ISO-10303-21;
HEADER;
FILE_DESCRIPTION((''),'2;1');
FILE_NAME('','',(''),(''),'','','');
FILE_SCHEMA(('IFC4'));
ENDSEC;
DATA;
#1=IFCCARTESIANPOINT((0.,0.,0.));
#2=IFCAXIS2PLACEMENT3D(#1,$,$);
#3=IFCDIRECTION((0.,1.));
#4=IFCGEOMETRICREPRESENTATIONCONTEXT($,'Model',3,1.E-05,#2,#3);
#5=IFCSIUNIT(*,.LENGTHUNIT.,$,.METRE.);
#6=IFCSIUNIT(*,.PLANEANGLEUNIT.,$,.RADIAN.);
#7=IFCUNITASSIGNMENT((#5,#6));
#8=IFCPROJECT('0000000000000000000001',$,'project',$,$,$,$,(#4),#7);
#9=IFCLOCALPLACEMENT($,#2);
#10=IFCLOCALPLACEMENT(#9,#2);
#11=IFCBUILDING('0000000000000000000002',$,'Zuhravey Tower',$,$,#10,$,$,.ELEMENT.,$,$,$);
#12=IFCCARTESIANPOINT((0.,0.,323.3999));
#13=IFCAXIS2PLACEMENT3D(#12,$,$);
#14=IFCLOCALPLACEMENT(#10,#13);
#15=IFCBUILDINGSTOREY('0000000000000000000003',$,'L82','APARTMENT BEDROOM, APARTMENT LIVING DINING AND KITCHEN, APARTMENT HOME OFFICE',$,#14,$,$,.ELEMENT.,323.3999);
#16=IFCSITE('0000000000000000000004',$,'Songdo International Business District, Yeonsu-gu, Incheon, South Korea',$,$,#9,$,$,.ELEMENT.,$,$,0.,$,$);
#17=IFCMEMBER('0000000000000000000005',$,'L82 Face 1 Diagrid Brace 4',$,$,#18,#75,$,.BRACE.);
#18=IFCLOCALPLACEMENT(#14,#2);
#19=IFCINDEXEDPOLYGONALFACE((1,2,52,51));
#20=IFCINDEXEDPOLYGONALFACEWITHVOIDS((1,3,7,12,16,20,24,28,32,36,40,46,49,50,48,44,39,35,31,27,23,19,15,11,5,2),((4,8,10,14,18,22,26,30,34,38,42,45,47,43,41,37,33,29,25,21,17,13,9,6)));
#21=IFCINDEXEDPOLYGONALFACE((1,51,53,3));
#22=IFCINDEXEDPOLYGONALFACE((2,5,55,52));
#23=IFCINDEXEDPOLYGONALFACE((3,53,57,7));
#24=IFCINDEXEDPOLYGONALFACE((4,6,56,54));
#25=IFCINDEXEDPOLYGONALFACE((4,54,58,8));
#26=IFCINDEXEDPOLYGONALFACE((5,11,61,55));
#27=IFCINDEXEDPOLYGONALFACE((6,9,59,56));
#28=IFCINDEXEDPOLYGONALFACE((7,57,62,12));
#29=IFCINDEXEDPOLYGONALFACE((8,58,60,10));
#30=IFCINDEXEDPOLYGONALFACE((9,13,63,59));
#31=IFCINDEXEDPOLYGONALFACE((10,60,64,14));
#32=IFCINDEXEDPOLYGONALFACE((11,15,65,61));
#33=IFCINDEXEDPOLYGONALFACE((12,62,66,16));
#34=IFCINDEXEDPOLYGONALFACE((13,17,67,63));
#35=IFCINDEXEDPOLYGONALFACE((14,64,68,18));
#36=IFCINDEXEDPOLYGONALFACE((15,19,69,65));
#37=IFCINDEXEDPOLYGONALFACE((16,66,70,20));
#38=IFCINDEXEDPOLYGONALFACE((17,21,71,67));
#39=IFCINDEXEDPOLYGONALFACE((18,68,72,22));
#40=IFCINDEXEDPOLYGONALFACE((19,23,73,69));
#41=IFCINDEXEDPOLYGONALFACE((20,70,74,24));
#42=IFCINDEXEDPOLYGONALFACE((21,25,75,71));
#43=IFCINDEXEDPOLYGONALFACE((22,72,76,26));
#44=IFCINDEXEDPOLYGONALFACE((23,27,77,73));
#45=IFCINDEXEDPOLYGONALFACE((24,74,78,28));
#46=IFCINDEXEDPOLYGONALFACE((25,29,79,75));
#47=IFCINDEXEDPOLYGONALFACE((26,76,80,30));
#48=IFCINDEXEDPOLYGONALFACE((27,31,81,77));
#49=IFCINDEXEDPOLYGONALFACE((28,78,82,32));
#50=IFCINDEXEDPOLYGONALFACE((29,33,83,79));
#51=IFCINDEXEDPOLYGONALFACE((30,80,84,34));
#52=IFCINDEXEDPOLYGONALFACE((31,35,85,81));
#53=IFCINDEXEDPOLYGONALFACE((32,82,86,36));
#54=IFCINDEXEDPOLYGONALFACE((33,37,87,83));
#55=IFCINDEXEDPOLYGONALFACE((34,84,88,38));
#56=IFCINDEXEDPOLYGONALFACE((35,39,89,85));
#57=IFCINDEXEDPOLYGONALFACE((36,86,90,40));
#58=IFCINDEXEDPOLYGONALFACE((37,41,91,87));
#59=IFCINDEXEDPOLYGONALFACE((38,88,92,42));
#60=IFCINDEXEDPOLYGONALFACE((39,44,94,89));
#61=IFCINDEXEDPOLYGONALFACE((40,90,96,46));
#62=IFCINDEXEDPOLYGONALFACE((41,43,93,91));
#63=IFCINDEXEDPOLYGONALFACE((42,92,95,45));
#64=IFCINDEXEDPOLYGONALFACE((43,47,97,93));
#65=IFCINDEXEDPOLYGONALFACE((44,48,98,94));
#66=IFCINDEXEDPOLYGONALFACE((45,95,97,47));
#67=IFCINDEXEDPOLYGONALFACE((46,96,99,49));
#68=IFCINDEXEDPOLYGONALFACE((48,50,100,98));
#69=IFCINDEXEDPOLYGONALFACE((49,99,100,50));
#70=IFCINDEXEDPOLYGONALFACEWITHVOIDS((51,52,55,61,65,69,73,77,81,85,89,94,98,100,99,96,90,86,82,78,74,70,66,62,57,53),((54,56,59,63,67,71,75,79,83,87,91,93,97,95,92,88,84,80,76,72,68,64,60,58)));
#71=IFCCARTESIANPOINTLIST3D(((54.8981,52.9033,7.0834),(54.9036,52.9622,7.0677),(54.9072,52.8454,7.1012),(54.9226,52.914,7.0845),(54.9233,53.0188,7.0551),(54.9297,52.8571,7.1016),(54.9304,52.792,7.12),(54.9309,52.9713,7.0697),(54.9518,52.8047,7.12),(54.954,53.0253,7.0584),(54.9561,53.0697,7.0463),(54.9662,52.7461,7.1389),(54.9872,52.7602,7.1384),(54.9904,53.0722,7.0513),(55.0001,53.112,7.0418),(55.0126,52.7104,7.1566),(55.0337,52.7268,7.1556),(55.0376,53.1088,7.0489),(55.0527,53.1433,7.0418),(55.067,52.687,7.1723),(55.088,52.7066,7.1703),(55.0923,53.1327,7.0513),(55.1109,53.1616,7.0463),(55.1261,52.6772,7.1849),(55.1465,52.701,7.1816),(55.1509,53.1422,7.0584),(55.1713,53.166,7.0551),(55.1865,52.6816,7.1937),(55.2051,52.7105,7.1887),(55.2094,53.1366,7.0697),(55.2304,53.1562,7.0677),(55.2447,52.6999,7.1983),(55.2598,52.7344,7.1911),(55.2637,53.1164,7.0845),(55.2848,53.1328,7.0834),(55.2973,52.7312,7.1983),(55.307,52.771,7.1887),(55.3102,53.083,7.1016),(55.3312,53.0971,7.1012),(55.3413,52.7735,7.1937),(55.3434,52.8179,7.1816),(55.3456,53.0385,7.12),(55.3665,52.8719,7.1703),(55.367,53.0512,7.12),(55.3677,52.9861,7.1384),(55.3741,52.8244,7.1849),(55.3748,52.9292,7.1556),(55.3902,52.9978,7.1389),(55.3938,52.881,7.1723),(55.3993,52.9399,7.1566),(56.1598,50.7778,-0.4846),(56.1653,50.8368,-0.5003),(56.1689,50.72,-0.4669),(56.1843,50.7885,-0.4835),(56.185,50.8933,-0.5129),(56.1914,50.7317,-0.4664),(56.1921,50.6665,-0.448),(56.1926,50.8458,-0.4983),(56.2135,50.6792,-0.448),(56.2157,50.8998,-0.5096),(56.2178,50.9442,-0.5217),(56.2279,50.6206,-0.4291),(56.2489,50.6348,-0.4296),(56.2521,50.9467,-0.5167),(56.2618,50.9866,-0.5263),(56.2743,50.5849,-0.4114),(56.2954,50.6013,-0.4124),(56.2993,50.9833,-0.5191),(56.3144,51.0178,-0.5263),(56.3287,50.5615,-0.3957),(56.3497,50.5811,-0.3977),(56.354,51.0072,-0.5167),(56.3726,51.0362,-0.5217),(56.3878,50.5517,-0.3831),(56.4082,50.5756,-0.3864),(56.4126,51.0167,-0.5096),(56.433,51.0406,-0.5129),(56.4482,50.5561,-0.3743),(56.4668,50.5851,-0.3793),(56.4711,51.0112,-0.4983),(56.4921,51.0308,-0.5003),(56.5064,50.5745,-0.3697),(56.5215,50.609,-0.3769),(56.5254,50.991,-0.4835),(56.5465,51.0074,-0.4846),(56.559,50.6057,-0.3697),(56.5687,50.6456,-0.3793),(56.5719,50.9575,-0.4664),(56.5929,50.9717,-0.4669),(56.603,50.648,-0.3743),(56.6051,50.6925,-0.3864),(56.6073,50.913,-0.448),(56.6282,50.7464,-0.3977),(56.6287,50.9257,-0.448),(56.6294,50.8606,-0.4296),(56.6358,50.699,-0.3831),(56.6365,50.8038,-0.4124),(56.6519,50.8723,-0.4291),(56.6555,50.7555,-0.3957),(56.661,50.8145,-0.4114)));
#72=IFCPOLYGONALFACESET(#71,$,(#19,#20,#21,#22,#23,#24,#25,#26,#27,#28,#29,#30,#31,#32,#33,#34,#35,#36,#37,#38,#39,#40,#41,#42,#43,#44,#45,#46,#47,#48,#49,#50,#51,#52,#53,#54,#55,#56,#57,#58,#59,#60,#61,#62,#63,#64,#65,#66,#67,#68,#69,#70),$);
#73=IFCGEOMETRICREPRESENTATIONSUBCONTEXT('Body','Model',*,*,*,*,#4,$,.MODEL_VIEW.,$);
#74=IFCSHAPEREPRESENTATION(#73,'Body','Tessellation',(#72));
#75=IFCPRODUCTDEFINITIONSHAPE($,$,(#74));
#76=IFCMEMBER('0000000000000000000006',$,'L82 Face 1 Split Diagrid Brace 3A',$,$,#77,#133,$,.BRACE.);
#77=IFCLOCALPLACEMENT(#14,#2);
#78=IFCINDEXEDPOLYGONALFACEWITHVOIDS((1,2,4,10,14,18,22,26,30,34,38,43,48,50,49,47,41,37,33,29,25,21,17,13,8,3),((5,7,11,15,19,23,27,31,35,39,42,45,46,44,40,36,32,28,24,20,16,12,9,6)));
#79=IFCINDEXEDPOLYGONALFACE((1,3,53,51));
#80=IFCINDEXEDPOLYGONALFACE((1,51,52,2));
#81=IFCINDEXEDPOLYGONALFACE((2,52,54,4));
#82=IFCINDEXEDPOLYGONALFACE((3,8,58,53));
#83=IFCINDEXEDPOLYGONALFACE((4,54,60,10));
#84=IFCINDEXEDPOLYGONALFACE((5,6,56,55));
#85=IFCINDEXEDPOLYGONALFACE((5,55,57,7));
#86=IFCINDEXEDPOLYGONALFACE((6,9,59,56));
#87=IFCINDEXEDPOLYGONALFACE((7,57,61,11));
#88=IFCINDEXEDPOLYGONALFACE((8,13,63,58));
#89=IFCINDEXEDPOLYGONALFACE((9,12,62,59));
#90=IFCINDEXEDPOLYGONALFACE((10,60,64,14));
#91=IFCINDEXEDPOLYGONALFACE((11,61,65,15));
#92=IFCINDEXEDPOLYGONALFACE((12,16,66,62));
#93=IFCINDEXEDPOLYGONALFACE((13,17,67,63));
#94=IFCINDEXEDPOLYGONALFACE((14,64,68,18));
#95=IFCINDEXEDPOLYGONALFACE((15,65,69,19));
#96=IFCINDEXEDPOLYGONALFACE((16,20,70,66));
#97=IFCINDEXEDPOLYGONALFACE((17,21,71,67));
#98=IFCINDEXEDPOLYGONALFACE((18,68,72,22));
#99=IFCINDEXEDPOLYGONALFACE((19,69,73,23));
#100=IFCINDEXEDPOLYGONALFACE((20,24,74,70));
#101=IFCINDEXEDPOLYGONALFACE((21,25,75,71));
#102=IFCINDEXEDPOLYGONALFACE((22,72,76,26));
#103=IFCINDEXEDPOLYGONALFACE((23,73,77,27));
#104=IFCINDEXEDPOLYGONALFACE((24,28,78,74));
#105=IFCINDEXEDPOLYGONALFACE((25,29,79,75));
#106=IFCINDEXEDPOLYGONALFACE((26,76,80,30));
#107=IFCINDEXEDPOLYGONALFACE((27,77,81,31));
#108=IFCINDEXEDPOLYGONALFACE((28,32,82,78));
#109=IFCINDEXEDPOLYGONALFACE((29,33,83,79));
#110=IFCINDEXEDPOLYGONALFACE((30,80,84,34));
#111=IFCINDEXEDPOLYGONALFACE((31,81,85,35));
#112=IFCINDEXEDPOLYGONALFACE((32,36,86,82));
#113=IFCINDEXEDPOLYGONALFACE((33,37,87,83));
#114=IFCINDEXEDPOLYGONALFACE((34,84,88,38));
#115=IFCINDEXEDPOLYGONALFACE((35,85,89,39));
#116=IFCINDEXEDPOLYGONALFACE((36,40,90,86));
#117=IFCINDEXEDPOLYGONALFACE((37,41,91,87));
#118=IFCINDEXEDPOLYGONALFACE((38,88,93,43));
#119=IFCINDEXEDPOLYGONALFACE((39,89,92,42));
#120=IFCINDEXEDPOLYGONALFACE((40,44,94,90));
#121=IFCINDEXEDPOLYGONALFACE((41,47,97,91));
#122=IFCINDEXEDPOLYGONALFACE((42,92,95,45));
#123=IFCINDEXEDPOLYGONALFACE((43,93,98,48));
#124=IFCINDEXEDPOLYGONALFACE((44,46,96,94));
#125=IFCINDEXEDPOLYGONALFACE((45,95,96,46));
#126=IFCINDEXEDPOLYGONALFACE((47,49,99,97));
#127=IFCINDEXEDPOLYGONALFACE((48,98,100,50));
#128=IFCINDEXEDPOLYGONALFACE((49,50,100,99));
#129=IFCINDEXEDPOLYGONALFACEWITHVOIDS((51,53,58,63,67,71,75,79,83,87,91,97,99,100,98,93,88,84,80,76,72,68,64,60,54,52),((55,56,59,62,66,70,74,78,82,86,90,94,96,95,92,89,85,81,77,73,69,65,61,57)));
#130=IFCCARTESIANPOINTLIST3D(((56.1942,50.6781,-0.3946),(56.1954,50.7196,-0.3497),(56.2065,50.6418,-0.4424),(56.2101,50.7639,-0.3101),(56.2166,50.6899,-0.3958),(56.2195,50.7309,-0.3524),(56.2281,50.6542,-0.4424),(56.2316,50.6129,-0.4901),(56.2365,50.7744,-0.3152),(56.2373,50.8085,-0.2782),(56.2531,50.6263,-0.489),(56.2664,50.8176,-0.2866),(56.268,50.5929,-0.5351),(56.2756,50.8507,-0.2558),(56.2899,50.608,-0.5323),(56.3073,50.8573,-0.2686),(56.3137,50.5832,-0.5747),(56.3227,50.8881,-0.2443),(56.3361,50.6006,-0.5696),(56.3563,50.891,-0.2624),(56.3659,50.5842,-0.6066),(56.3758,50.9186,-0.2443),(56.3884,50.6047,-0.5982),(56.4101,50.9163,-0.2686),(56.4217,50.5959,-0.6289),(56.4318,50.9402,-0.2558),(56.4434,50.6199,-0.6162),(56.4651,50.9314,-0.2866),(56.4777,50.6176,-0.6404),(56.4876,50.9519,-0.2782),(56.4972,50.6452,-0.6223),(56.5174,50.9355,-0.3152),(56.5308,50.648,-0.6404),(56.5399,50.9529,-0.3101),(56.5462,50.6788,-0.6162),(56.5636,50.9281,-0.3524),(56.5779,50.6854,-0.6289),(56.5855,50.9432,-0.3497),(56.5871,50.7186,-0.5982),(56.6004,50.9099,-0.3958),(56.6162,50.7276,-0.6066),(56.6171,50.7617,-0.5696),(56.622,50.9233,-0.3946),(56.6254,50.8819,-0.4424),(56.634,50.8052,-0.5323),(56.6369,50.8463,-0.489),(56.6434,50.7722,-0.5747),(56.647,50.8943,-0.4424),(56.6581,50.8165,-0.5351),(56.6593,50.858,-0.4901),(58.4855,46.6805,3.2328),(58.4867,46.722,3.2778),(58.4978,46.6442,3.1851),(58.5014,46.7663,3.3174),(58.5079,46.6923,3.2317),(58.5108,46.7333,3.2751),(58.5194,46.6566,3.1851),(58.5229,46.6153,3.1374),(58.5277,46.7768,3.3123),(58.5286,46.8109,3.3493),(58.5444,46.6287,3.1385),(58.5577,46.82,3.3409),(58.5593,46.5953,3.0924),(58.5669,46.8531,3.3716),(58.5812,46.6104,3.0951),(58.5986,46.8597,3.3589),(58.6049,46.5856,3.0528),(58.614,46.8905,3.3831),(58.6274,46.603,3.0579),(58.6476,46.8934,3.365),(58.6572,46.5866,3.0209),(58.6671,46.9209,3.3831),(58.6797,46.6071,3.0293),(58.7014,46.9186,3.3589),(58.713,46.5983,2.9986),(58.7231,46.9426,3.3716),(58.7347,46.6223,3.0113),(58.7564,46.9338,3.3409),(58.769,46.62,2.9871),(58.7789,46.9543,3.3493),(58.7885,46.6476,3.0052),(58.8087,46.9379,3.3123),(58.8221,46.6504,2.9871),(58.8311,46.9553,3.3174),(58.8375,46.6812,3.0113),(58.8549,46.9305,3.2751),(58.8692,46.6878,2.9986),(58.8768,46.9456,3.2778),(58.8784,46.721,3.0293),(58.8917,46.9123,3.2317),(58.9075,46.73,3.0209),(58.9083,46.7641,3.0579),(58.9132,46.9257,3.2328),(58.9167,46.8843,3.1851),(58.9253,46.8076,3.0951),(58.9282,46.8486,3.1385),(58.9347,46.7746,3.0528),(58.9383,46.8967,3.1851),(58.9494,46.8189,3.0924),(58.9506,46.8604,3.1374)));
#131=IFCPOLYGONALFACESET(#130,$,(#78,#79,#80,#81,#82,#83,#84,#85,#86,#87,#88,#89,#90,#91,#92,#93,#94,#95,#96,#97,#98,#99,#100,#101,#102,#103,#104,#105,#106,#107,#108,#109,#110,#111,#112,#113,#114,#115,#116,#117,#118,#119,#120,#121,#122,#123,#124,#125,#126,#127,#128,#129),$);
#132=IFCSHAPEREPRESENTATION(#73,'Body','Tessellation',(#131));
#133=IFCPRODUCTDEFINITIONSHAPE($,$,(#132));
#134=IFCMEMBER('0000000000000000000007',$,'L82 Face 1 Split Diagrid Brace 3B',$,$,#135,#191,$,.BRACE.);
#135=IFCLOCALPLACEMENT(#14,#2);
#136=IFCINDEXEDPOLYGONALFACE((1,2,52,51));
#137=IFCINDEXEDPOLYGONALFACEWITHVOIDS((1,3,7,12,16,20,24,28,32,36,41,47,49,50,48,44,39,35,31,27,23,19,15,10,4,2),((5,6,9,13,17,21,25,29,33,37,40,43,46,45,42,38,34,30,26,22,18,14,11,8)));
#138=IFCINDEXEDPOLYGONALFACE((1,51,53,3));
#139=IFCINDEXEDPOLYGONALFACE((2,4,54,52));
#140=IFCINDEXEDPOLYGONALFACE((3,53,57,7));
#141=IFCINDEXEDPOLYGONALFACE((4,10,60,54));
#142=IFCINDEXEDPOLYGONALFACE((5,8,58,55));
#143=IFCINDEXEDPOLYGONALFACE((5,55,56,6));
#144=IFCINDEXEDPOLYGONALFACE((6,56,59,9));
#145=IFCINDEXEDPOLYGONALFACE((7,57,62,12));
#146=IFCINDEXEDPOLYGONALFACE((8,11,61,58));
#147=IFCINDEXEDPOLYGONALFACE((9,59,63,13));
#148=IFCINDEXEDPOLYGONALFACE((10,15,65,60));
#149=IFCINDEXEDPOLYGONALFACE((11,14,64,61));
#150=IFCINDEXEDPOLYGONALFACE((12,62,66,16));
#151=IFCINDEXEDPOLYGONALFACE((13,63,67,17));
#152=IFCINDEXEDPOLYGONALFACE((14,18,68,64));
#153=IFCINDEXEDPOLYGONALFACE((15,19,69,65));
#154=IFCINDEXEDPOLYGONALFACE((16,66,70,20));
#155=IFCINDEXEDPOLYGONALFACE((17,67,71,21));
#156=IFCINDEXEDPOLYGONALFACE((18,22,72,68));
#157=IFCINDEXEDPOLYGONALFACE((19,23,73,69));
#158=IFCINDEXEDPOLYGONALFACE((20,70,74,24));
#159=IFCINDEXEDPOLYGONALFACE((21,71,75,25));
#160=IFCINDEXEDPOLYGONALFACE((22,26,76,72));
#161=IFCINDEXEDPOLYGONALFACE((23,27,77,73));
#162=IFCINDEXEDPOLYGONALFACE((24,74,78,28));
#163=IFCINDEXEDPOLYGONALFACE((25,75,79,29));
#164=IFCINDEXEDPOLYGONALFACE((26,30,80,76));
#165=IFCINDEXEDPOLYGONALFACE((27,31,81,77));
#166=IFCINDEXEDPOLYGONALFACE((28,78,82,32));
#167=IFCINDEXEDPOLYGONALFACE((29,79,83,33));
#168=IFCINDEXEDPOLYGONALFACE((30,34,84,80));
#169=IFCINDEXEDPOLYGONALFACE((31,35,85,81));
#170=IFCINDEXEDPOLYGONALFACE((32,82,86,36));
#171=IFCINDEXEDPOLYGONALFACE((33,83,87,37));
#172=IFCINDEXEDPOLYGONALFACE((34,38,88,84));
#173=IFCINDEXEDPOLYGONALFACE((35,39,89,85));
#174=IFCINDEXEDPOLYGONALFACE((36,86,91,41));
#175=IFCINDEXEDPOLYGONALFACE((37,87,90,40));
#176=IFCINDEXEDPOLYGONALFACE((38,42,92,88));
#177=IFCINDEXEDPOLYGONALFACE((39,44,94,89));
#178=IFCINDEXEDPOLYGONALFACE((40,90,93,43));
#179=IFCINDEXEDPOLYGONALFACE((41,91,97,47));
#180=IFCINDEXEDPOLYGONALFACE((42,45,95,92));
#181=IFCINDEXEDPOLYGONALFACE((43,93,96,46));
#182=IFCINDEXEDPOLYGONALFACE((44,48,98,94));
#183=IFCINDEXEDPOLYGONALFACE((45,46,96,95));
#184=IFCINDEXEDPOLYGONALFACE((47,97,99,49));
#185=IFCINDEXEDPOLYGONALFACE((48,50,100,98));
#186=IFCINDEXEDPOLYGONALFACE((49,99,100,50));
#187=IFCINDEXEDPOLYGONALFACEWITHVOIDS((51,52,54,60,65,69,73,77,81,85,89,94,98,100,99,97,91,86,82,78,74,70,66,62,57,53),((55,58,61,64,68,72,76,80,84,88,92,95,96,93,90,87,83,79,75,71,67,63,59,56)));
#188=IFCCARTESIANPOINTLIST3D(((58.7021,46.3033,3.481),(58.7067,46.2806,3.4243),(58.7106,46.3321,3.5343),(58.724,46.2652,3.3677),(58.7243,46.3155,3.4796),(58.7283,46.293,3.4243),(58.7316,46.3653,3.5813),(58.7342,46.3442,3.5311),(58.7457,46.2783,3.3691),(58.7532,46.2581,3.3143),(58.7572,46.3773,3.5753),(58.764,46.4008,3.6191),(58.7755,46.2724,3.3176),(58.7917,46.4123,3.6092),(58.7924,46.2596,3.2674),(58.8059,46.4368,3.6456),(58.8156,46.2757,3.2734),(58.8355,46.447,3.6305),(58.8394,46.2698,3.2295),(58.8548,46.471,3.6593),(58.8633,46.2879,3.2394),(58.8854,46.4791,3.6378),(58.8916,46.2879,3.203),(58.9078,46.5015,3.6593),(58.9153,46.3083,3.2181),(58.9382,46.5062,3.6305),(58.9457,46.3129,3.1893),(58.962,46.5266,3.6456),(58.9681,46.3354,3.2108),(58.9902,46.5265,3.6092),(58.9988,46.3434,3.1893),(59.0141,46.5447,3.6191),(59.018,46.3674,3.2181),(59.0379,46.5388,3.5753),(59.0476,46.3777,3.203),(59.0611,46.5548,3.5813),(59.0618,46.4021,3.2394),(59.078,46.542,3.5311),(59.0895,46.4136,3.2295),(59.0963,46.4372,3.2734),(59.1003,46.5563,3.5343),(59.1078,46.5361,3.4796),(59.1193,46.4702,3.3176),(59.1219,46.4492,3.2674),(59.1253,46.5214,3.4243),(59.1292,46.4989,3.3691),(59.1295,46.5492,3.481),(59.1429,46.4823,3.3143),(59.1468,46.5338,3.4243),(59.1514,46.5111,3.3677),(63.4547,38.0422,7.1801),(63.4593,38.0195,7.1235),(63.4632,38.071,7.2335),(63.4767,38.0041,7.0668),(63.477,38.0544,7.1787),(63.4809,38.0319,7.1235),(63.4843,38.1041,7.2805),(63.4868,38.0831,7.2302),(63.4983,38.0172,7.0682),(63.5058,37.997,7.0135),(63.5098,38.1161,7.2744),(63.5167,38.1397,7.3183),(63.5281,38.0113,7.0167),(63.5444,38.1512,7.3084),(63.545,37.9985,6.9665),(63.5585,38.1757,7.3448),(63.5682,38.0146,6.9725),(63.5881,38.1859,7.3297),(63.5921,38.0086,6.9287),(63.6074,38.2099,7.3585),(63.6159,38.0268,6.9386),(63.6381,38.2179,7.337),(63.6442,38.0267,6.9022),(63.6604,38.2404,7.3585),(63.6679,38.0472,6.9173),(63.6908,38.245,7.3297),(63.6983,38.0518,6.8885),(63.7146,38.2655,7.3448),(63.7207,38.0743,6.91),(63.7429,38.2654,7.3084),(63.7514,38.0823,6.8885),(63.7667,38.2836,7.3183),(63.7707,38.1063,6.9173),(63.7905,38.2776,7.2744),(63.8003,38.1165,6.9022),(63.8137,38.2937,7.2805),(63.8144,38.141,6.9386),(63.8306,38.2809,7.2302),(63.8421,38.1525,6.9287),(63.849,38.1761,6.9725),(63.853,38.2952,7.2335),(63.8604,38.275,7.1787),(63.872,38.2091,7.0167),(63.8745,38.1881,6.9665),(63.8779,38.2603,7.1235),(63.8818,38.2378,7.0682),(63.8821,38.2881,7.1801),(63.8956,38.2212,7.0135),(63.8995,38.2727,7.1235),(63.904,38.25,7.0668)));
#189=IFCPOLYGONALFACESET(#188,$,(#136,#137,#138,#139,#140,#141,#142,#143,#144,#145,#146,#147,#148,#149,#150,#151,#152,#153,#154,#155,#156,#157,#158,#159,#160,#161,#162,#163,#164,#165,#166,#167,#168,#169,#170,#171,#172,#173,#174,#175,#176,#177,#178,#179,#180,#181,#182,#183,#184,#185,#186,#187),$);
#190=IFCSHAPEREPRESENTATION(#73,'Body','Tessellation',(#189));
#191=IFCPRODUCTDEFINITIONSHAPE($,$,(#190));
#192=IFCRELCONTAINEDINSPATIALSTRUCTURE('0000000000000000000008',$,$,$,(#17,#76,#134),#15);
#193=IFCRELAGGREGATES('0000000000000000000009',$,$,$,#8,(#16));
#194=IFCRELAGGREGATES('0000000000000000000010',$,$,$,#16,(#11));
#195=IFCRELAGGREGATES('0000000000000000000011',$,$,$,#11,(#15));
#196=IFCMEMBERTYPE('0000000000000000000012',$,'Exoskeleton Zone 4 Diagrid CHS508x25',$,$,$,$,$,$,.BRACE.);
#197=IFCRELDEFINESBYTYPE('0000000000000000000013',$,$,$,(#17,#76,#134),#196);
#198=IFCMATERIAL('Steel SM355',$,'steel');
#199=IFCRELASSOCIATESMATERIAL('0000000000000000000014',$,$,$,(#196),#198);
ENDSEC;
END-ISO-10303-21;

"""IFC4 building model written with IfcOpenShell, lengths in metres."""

from ifc_helpers import new_model, si_unit, direction, frame, origin, origin_2d, place, context, subcontext, project, spatial, hollow_circle, extrude, material, material_profile, profile_set, type_object, element, save


model = new_model("IFC4")

# Units and contexts
model_context = context("Model", 3, precision=1e-05, world=origin(), true_north=direction((0.0, 1.0)))
body_context = subcontext(model_context, "Body", "Model", "MODEL_VIEW")
ifc_project = project(units=[si_unit("LENGTHUNIT", "METRE"), si_unit("PLANEANGLEUNIT", "RADIAN")], contexts=[model_context])

# Site, building, storey
site_placement = place(None, origin())
site = spatial("IfcSite", under=ifc_project, at=site_placement, Name="Songdo International Business District, Yeonsu-gu, Incheon, South Korea", CompositionType="ELEMENT", RefElevation=0.0)
building_placement = place(site_placement, origin())
building = spatial("IfcBuilding", under=site, at=building_placement, Name="Zuhravey Tower", CompositionType="ELEMENT")
storey_placement = place(building_placement, frame((0.0, 0.0, 323.3999)))
storey = spatial("IfcBuildingStorey", under=building, at=storey_placement, Name="L82", Description="APARTMENT BEDROOM, APARTMENT LIVING DINING AND KITCHEN, APARTMENT HOME OFFICE", CompositionType="ELEMENT", Elevation=323.3999)

# Members
ifc_material_1 = material(Name="Steel SM355", Category="steel")
ifc_material_profile_1 = material_profile(ifc_material_1, hollow_circle(Radius=0.2539, WallThickness=0.0249, at=origin_2d()), Name="CHS-508.0x25")
ifc_profile_set_1 = profile_set([ifc_material_profile_1], Name="Steel SM355")
member_type_1 = type_object("IfcMemberType", Name="Exoskeleton Zone 4 Diagrid CHS508x25", PredefinedType="BRACE", material=ifc_profile_set_1)
member_1_placement = place(storey_placement, frame((56.4104, 50.7961, -0.448), z_axis=(-0.158477, 0.26697, 0.950585), x_axis=(-0.859906, -0.510452, 0.0)))
element("IfcMember", 1, at=member_1_placement, inside=storey, type_object=member_type_1, Name="L82 Face 1 Diagrid Brace 4", PredefinedType="BRACE", context=body_context, shape_type="SweptSolid", body=[
    extrude(hollow_circle(Radius=0.2539, WallThickness=0.0249, at=origin_2d()), origin(), (0.0, 0.0, 1.0), 7.9614),
])
member_2_placement = place(storey_placement, frame((56.4268, 50.7681, -0.4424), z_axis=(0.390721, -0.68169, 0.618575), x_axis=(0.867594, 0.497274, 0.0)))
element("IfcMember", 2, at=member_2_placement, inside=storey, type_object=member_type_1, Name="L82 Face 1 Split Diagrid Brace 3A", PredefinedType="BRACE", context=body_context, shape_type="SweptSolid", body=[
    extrude(hollow_circle(Radius=0.2539, WallThickness=0.0249, at=origin_2d()), origin(), (0.0, 0.0, 1.0), 5.8643),
])
member_3_placement = place(storey_placement, frame((58.9268, 46.4072, 3.4243), z_axis=(0.464878, -0.808062, 0.361834), x_axis=(0.866794, 0.498667, 0.0)))
element("IfcMember", 3, at=member_3_placement, inside=storey, type_object=member_type_1, Name="L82 Face 1 Split Diagrid Brace 3B", PredefinedType="BRACE", context=body_context, shape_type="SweptSolid", body=[
    extrude(hollow_circle(Radius=0.2539, WallThickness=0.0249, at=origin_2d()), origin(), (0.0, 0.0, 1.0), 10.2234),
])

save(model, "model.ifc")
